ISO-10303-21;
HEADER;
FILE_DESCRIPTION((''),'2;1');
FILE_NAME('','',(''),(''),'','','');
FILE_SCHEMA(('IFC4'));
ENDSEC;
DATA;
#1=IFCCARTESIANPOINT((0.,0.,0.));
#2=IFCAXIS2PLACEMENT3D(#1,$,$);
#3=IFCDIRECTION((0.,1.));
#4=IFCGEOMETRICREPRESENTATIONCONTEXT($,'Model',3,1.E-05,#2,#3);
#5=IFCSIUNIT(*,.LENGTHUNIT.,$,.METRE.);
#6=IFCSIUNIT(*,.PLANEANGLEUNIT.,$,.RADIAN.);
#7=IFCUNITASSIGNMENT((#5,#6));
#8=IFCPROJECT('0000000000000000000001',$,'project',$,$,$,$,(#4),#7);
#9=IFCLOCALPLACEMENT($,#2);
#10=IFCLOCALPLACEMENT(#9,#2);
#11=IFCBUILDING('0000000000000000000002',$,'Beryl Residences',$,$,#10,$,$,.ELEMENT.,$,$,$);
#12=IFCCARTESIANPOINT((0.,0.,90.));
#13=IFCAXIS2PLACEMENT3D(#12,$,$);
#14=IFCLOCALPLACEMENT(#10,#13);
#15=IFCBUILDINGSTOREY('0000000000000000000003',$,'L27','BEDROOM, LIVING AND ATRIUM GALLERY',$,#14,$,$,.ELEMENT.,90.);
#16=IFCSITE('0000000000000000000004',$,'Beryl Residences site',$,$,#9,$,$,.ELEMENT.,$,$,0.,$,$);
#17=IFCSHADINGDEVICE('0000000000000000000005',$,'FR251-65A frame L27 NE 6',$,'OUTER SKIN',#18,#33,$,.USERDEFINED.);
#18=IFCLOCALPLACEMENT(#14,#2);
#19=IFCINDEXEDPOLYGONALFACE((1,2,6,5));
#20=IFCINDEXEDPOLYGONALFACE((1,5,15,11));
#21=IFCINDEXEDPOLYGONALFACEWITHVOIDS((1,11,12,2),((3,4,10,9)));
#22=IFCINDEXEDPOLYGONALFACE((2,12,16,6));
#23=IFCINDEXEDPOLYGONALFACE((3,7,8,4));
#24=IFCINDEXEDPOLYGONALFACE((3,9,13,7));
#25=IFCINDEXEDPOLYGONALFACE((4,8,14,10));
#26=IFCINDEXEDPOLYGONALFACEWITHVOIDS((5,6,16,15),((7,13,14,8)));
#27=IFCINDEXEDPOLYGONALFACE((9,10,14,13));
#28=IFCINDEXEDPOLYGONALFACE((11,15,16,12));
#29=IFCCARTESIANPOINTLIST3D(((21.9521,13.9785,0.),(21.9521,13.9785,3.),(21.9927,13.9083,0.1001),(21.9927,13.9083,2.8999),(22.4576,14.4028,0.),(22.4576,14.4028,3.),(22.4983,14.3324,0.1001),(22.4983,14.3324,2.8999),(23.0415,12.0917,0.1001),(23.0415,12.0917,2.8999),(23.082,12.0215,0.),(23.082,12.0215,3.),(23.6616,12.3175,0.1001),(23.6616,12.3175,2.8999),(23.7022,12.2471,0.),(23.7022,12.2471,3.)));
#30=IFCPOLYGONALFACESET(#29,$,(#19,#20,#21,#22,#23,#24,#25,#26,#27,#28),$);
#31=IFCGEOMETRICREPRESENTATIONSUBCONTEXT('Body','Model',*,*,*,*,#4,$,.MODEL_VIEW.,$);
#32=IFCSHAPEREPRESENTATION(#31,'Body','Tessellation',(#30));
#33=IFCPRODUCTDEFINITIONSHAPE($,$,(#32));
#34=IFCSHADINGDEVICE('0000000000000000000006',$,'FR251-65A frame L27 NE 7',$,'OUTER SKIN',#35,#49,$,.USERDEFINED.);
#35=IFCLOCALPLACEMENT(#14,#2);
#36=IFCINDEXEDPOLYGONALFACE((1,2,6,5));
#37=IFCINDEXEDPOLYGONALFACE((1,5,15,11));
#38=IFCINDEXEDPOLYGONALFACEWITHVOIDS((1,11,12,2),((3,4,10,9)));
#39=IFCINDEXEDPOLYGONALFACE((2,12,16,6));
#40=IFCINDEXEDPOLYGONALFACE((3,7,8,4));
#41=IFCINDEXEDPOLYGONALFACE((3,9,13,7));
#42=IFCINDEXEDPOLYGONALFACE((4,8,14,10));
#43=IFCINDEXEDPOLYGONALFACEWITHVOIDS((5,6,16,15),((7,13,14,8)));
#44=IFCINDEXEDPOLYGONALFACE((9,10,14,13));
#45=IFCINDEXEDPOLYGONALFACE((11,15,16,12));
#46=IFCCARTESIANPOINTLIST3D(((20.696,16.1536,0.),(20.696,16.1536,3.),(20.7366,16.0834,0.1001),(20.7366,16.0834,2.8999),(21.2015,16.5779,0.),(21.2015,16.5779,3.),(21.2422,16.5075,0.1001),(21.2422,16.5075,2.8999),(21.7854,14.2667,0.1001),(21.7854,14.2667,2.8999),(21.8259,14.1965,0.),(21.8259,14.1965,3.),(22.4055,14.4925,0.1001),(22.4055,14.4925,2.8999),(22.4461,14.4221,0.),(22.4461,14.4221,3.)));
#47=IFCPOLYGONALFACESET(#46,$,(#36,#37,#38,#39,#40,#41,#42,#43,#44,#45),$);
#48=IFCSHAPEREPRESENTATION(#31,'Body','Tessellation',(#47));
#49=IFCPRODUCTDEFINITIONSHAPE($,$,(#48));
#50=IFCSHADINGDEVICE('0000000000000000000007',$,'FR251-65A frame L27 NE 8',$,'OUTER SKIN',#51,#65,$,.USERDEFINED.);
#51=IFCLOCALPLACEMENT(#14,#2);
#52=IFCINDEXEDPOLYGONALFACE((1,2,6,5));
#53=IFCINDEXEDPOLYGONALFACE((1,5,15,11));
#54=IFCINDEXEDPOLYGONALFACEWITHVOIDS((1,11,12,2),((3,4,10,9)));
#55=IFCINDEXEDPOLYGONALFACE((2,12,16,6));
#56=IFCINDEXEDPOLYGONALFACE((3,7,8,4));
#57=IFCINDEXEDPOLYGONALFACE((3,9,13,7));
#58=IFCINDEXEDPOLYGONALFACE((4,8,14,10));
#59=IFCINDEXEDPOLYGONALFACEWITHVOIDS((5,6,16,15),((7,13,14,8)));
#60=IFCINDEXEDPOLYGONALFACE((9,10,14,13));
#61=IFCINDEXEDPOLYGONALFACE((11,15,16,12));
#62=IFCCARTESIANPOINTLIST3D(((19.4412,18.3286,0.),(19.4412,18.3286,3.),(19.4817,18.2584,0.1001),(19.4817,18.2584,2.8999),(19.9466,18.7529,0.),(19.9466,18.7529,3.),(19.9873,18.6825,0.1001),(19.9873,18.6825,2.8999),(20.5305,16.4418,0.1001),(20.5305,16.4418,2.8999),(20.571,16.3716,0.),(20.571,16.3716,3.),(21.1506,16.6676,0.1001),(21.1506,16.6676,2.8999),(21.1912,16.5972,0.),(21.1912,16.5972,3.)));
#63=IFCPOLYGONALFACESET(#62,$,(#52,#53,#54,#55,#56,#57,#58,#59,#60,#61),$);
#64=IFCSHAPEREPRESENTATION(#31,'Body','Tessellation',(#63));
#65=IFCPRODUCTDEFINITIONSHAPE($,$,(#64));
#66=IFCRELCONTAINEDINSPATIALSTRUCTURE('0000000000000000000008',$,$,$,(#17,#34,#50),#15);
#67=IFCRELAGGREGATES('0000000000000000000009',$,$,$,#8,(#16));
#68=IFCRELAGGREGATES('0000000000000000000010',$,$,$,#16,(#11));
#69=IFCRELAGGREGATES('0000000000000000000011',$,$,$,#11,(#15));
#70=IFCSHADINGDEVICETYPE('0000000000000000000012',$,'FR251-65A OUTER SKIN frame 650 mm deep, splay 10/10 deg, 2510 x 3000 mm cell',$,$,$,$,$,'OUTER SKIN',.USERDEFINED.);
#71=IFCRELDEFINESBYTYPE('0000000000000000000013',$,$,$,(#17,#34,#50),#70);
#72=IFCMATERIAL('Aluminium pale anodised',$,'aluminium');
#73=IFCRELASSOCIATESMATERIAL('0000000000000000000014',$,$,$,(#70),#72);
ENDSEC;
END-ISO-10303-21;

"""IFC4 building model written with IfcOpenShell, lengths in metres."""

from ifc_helpers import new_model, entity, si_unit, direction, frame, origin, place, context, subcontext, project, spatial, source, transform, mapped, material, type_object, type_shapes, element, save


model = new_model("IFC4")

# Units and contexts
model_context = context("Model", 3, precision=1e-05, world=origin(), true_north=direction((0.0, 1.0)))
body_context = subcontext(model_context, "Body", "Model", "MODEL_VIEW")
ifc_project = project(units=[si_unit("LENGTHUNIT", "METRE"), si_unit("PLANEANGLEUNIT", "RADIAN")], contexts=[model_context])

# Site, building, storey
site_placement = place(None, origin())
site = spatial("IfcSite", under=ifc_project, at=site_placement, Name="Beryl Residences site", CompositionType="ELEMENT", RefElevation=0.0)
building_placement = place(site_placement, origin())
building = spatial("IfcBuilding", under=site, at=building_placement, Name="Beryl Residences", CompositionType="ELEMENT")
storey_placement = place(building_placement, frame((0.0, 0.0, 90.0)))
storey = spatial("IfcBuildingStorey", under=building, at=storey_placement, Name="L27", Description="BEDROOM, LIVING AND ATRIUM GALLERY", CompositionType="ELEMENT", Elevation=90.0)

# Shading devices
ifc_material_1 = material(Name="Aluminium pale anodised", Category="aluminium")
shading_device_type = type_object("IfcShadingDeviceType", Name="FR251-65A OUTER SKIN frame 650 mm deep, splay 10/10 deg, 2510 x 3000 mm cell", ElementType="OUTER SKIN", PredefinedType="USERDEFINED", material=ifc_material_1)
cartesian_point_1 = entity("IfcCartesianPoint", [-1.1299, 0.0])
cartesian_point_2 = entity("IfcCartesianPoint", [-1.0488, 0.1001])
cartesian_point_3 = entity("IfcCartesianPoint", [-1.2446, 0.0])
cartesian_point_4 = entity("IfcCartesianPoint", [-1.1633, 0.1001])
shared_shape = source(origin(), body_context, "Body", "SweptSolid", [
    entity("IfcExtrudedAreaSolidTapered", entity("IfcArbitraryProfileDefWithVoids", "AREA", None, entity("IfcPolyline", [cartesian_point_1, entity("IfcCartesianPoint", [1.1299, 0.0]), entity("IfcCartesianPoint", [1.1299, 3.0]), entity("IfcCartesianPoint", [-1.1299, 3.0]), cartesian_point_1]), [entity("IfcPolyline", [cartesian_point_2, entity("IfcCartesianPoint", [1.0488, 0.1001]), entity("IfcCartesianPoint", [1.0488, 2.8999]), entity("IfcCartesianPoint", [-1.0488, 2.8999]), cartesian_point_2])]), entity("IfcAxis2Placement3D", entity("IfcCartesianPoint", [0.0, 0.0, 0.0]), entity("IfcDirection", [0.0, 1.0, 0.0]), entity("IfcDirection", [-1.0, 0.0, 0.0])), entity("IfcDirection", [0.0, 0.0, 1.0]), 0.6499, entity("IfcArbitraryProfileDefWithVoids", "AREA", None, entity("IfcPolyline", [cartesian_point_3, entity("IfcCartesianPoint", [1.2446, 0.0]), entity("IfcCartesianPoint", [1.2446, 3.0]), entity("IfcCartesianPoint", [-1.2446, 3.0]), cartesian_point_3]), [entity("IfcPolyline", [cartesian_point_4, entity("IfcCartesianPoint", [1.1633, 0.1001]), entity("IfcCartesianPoint", [1.1633, 2.8999]), entity("IfcCartesianPoint", [-1.1633, 2.8999]), cartesian_point_4])])),
])
type_shapes(shading_device_type, [shared_shape])
for number, where, z_axis, x_axis, name in (
    (1, (22.5171, 13.0, 0.0), (0.0, 0.0, 1.0), (0.5, -0.866025, 0.0), "FR251-65A frame L27 NE 6"),
    (2, (21.261, 15.175, 0.0), (0.0, 0.0, 1.0), (0.5, -0.866025, 0.0), "FR251-65A frame L27 NE 7"),
    (3, (20.0061, 17.3501, 0.0), (0.0, 0.0, 1.0), (0.5, -0.866025, 0.0), "FR251-65A frame L27 NE 8"),
):
    element("IfcShadingDevice", number, at=place(storey_placement, frame(where, z_axis=z_axis, x_axis=x_axis)), inside=storey, type_object=shading_device_type, Name=name, ObjectType="OUTER SKIN", PredefinedType="USERDEFINED", context=body_context, shape_type="MappedRepresentation", body=[
        mapped(shared_shape, transform((0.0, 0.0, 0.0))),
    ])

save(model, "model.ifc")
